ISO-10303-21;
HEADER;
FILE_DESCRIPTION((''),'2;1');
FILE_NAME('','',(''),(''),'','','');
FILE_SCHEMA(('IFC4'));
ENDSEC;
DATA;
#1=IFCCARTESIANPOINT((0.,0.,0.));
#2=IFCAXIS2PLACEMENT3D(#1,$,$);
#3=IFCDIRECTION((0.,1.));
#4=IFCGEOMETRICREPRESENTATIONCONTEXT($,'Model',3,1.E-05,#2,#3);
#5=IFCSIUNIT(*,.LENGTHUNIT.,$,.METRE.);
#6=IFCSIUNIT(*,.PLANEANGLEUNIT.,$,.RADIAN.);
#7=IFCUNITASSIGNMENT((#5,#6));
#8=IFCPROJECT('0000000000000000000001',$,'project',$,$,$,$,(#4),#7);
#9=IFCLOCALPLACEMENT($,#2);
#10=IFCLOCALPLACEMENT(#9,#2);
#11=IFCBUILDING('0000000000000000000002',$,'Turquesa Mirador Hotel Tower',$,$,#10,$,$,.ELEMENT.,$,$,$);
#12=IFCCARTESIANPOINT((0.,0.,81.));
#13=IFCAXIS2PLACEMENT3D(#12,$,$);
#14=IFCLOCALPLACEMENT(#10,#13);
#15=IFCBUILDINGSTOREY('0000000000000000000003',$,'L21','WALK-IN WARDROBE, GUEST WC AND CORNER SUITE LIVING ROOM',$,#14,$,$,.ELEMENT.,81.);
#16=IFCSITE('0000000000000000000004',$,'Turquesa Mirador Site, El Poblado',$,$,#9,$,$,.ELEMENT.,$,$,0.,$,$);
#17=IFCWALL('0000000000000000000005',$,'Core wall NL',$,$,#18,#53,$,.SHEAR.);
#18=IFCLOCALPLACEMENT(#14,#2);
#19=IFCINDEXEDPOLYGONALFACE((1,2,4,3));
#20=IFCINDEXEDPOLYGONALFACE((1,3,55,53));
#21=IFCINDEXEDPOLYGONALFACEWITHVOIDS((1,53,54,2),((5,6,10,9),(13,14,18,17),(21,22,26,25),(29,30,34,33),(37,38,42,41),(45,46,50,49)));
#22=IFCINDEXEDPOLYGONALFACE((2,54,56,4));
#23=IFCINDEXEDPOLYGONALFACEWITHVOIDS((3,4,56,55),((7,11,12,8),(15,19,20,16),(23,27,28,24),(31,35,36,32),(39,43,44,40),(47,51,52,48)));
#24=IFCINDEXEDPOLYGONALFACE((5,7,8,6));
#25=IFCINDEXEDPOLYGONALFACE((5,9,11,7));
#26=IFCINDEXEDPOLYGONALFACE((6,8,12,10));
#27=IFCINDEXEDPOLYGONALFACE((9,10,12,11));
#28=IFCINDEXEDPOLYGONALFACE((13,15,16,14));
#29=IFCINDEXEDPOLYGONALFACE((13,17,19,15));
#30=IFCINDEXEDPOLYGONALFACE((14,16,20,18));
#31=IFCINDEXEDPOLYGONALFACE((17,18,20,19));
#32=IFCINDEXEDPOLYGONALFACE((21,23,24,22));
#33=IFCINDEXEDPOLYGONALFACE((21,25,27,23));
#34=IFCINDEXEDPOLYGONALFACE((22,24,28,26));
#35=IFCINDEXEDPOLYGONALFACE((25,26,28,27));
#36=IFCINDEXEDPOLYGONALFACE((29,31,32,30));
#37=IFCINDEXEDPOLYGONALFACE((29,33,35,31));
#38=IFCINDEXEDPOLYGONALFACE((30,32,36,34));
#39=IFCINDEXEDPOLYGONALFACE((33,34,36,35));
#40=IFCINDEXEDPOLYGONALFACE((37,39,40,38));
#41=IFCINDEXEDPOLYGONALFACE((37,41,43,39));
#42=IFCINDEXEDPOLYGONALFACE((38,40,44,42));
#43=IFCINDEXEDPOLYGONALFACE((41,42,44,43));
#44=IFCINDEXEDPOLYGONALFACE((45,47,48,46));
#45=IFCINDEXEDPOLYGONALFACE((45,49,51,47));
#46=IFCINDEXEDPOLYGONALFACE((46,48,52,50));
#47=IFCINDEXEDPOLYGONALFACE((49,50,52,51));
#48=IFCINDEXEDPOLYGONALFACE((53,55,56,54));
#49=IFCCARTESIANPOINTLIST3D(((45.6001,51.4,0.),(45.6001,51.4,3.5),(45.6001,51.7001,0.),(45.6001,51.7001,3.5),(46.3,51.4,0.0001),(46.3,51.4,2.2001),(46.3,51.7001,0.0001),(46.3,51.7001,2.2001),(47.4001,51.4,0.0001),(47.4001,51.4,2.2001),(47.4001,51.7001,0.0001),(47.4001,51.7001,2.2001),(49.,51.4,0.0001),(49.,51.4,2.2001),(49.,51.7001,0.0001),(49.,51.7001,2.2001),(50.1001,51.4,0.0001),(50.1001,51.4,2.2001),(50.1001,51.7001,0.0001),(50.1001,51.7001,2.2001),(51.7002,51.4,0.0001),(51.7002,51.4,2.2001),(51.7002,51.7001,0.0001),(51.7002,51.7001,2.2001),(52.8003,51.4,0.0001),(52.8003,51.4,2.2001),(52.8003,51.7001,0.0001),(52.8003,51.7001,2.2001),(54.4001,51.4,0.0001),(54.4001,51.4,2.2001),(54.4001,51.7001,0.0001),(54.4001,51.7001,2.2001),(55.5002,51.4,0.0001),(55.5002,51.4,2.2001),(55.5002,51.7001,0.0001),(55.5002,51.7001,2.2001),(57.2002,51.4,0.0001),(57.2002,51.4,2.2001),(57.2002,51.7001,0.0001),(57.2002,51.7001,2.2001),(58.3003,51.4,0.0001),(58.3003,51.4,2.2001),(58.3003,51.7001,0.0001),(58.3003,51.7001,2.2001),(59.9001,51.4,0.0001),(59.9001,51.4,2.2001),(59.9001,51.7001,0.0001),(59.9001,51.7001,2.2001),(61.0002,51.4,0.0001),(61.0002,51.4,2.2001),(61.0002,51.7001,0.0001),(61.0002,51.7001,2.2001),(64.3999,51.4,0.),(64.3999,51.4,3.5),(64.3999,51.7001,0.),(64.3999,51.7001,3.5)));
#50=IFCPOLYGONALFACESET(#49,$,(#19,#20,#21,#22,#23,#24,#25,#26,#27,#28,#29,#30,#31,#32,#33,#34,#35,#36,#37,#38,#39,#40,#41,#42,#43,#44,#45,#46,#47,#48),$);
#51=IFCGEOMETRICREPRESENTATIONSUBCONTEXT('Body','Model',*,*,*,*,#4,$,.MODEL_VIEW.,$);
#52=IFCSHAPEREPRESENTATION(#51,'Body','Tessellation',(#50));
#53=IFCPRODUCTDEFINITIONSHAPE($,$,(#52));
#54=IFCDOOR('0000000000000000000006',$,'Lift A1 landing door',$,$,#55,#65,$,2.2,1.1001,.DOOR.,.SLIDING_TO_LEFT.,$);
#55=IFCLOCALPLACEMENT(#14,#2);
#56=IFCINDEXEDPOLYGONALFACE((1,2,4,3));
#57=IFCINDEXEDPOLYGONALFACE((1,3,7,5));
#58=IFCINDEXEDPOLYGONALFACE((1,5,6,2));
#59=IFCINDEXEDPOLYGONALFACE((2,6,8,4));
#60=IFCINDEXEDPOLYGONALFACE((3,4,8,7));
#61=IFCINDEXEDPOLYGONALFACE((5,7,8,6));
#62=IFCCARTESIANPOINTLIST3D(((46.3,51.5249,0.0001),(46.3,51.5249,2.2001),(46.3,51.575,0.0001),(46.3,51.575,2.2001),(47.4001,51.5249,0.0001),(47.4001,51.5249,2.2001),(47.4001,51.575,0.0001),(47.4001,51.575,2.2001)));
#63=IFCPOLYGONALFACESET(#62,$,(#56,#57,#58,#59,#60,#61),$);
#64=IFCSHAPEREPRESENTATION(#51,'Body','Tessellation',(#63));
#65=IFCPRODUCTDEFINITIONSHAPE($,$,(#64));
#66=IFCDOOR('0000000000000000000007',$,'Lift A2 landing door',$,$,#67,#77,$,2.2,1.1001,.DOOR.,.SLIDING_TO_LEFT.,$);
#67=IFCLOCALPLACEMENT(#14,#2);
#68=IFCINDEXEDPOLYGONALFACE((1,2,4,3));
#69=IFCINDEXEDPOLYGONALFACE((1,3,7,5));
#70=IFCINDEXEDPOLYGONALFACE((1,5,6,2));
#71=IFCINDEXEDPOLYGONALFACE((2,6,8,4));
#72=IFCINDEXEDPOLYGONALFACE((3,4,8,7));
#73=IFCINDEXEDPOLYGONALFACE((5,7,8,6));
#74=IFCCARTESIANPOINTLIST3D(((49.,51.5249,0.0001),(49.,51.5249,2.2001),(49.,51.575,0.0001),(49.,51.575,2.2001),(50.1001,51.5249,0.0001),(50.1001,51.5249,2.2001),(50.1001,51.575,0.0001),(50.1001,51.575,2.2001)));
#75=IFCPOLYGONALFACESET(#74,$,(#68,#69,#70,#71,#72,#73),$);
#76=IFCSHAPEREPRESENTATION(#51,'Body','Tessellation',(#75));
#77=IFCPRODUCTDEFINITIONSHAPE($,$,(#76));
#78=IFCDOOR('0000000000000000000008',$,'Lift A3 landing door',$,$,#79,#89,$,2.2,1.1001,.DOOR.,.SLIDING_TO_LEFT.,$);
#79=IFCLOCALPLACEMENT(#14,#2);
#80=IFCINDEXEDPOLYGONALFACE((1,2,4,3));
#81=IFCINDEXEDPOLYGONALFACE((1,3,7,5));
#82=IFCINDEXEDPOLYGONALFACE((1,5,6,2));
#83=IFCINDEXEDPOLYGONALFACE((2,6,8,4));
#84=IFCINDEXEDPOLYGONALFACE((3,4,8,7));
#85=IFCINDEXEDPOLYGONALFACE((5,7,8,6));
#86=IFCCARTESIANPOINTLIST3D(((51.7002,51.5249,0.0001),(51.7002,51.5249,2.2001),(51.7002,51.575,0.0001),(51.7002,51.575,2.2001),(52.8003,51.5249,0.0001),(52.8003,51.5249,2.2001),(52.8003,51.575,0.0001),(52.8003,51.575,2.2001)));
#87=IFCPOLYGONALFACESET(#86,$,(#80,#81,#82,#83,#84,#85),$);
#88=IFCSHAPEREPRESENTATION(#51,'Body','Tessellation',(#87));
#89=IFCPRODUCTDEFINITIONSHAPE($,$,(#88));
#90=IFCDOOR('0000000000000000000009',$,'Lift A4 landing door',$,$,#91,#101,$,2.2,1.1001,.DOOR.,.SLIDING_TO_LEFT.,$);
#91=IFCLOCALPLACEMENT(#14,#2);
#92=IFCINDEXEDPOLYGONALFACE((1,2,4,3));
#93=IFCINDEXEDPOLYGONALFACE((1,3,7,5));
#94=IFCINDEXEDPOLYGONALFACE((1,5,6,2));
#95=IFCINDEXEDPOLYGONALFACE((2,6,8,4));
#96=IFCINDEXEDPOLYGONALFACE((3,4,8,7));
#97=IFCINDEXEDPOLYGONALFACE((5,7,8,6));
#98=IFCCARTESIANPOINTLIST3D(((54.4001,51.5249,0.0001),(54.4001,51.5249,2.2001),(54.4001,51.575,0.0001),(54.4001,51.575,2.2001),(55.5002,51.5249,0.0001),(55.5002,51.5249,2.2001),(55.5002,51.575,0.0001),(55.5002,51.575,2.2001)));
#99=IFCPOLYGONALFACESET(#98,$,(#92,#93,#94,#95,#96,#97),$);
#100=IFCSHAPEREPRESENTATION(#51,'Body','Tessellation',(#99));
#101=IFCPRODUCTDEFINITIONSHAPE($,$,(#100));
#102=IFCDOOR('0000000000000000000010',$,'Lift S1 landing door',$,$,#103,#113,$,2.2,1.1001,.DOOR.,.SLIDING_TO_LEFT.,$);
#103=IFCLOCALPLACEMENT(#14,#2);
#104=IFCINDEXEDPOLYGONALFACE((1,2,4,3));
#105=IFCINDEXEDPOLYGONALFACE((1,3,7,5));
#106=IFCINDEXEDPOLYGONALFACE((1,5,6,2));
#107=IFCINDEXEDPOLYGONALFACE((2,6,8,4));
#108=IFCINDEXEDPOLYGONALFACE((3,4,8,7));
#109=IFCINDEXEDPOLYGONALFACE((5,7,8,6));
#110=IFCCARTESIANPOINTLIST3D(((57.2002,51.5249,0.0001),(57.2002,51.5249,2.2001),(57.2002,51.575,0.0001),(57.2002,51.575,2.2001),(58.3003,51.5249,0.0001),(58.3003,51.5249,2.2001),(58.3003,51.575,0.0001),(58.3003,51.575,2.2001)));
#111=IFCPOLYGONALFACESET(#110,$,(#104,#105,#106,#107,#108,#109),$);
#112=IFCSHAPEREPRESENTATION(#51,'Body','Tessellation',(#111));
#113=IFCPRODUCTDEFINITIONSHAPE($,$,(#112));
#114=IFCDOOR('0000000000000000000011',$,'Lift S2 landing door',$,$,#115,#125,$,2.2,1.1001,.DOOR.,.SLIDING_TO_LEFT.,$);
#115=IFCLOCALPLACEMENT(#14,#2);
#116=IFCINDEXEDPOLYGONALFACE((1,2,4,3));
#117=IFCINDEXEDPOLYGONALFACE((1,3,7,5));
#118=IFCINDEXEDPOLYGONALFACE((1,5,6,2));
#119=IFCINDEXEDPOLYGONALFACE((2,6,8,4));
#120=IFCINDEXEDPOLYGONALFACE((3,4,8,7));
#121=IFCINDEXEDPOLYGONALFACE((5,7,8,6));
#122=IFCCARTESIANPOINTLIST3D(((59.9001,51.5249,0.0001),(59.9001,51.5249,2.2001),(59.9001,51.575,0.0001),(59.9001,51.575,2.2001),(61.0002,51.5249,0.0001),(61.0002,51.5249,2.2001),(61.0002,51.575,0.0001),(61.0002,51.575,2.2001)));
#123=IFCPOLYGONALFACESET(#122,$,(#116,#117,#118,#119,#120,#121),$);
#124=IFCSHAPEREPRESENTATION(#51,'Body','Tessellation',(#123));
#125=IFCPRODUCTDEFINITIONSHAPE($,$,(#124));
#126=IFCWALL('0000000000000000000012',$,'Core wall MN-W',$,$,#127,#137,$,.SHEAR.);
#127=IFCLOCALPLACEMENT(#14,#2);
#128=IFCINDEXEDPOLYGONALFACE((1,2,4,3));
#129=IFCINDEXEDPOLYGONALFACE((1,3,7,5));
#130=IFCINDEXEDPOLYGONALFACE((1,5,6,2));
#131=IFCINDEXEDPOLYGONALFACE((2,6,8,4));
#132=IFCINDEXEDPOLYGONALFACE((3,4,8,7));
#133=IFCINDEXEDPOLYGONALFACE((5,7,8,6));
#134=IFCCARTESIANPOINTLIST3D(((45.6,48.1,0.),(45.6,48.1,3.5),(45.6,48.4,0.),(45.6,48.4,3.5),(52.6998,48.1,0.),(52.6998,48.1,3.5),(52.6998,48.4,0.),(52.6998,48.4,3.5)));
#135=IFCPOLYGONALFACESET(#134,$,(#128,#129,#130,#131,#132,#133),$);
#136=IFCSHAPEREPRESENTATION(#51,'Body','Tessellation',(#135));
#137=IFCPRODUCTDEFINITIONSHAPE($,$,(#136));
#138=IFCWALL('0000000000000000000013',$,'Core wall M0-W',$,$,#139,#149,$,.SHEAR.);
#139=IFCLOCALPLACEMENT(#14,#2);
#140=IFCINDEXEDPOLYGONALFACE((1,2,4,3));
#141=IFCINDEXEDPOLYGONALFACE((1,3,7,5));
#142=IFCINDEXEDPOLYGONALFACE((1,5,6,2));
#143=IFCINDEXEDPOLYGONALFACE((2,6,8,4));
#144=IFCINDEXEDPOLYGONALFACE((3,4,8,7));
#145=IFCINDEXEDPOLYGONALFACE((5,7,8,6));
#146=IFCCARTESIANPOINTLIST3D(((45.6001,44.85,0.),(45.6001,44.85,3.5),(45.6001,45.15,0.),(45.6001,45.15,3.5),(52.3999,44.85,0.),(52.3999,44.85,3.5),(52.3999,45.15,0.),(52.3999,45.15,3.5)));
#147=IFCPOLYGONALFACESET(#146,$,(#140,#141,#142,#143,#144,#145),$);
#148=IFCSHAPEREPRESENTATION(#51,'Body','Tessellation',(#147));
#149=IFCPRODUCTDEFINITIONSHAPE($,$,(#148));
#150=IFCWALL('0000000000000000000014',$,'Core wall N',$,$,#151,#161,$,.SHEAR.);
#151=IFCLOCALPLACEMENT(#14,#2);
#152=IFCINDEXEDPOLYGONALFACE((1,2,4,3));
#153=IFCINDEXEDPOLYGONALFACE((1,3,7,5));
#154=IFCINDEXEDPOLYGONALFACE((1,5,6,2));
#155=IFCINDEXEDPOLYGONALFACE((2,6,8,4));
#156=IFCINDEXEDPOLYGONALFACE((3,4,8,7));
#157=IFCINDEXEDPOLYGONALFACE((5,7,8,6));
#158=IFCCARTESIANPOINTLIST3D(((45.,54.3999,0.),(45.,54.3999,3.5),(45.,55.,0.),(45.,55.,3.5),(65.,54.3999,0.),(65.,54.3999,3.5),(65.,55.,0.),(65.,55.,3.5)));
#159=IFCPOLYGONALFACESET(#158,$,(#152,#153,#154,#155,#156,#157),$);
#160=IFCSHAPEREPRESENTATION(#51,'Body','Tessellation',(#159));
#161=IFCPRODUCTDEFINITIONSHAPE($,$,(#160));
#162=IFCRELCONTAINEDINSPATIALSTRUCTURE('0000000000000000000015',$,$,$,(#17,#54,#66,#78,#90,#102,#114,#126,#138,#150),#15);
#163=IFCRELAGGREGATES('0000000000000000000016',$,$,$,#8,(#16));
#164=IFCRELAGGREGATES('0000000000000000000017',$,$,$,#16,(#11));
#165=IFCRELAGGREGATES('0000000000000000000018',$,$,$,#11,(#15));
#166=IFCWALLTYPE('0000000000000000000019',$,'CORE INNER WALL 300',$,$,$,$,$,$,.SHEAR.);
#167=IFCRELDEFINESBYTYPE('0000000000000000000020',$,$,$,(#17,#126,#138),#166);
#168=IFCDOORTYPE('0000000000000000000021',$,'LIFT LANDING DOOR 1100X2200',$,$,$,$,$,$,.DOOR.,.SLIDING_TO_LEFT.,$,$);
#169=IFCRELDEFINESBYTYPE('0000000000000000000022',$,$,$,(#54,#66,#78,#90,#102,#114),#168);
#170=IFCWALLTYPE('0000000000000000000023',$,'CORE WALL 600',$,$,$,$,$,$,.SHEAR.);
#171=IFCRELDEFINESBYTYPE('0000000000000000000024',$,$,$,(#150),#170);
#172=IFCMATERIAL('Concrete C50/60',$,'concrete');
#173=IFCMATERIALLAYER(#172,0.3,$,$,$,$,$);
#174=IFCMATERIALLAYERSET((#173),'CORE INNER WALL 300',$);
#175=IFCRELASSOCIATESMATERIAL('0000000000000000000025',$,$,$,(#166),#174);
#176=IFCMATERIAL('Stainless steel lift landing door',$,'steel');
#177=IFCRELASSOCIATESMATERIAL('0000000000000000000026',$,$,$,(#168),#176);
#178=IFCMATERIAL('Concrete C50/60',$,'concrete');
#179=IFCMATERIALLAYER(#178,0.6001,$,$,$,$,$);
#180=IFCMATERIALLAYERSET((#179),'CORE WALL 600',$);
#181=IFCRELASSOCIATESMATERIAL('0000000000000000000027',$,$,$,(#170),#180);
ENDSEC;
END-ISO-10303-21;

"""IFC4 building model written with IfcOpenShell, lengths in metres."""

from ifc_helpers import new_model, si_unit, direction, frame, frame_2d, origin, place, context, subcontext, project, spatial, rectangle, extrude, material, layer, layer_set, type_object, element, fill, save


model = new_model("IFC4")

# Units and contexts
model_context = context("Model", 3, precision=1e-05, world=origin(), true_north=direction((0.0, 1.0)))
body_context = subcontext(model_context, "Body", "Model", "MODEL_VIEW")
ifc_project = project(units=[si_unit("LENGTHUNIT", "METRE"), si_unit("PLANEANGLEUNIT", "RADIAN")], contexts=[model_context])

# Site, building, storey
site_placement = place(None, origin())
site = spatial("IfcSite", under=ifc_project, at=site_placement, Name="Turquesa Mirador Site, El Poblado", CompositionType="ELEMENT", RefElevation=0.0)
building_placement = place(site_placement, origin())
building = spatial("IfcBuilding", under=site, at=building_placement, Name="Turquesa Mirador Hotel Tower", CompositionType="ELEMENT")
storey_placement = place(building_placement, frame((0.0, 0.0, 81.0)))
storey = spatial("IfcBuildingStorey", under=building, at=storey_placement, Name="L21", Description="WALK-IN WARDROBE, GUEST WC AND CORNER SUITE LIVING ROOM", CompositionType="ELEMENT", Elevation=81.0)

# Wall, openings, doors
ifc_material_1 = material(Name="Concrete C50/60", Category="concrete")
ifc_layer_1 = layer(ifc_material_1, 0.3)
ifc_layer_set_1 = layer_set([ifc_layer_1], Name="CORE INNER WALL 300")
wall_type_1 = type_object("IfcWallType", Name="CORE INNER WALL 300", PredefinedType="SHEAR", material=ifc_layer_set_1)
wall_1_placement = place(storey_placement, frame((45.6001, 51.55, 0.0), z_axis=(0.0, 0.0, 1.0), x_axis=(1.0, 0.0, 0.0)))
wall_1 = element("IfcWall", 1, at=wall_1_placement, inside=storey, type_object=wall_type_1, Name="Core wall NL", PredefinedType="SHEAR", context=body_context, shape_type="SweptSolid", body=[
    extrude(rectangle(XDim=18.7998, YDim=0.3, at=frame_2d((9.3999, 0.0))), origin(), (0.0, 0.0, 1.0), 3.5),
])
opening_1_placement = place(wall_1_placement, frame((0.7, 0.0, 0.0)))
opening_1 = element("IfcOpeningElement", 2, at=opening_1_placement, cuts=wall_1, PredefinedType="OPENING", context=body_context, shape_type="SweptSolid", body=[
    extrude(rectangle(XDim=1.1001, YDim=2.2, at=frame_2d((0.55, 1.1001))), frame((0.0, 0.1599, 0.0), z_axis=(0.0, -1.0, 0.0), x_axis=(1.0, 0.0, 0.0)), (0.0, 0.0, 1.0), 0.3201),
])
opening_2_placement = place(wall_1_placement, frame((3.3999, 0.0, 0.0)))
opening_2 = element("IfcOpeningElement", 3, at=opening_2_placement, cuts=wall_1, PredefinedType="OPENING", context=body_context, shape_type="SweptSolid", body=[
    extrude(rectangle(XDim=1.1001, YDim=2.2, at=frame_2d((0.55, 1.1001))), frame((0.0, 0.1599, 0.0), z_axis=(0.0, -1.0, 0.0), x_axis=(1.0, 0.0, 0.0)), (0.0, 0.0, 1.0), 0.3201),
])
opening_3_placement = place(wall_1_placement, frame((6.1001, 0.0, 0.0)))
opening_3 = element("IfcOpeningElement", 4, at=opening_3_placement, cuts=wall_1, PredefinedType="OPENING", context=body_context, shape_type="SweptSolid", body=[
    extrude(rectangle(XDim=1.1001, YDim=2.2, at=frame_2d((0.55, 1.1001))), frame((0.0, 0.1599, 0.0), z_axis=(0.0, -1.0, 0.0), x_axis=(1.0, 0.0, 0.0)), (0.0, 0.0, 1.0), 0.3201),
])
opening_4_placement = place(wall_1_placement, frame((8.8, 0.0, 0.0)))
opening_4 = element("IfcOpeningElement", 5, at=opening_4_placement, cuts=wall_1, PredefinedType="OPENING", context=body_context, shape_type="SweptSolid", body=[
    extrude(rectangle(XDim=1.1001, YDim=2.2, at=frame_2d((0.55, 1.1001))), frame((0.0, 0.1599, 0.0), z_axis=(0.0, -1.0, 0.0), x_axis=(1.0, 0.0, 0.0)), (0.0, 0.0, 1.0), 0.3201),
])
opening_5_placement = place(wall_1_placement, frame((11.6001, 0.0, 0.0)))
opening_5 = element("IfcOpeningElement", 6, at=opening_5_placement, cuts=wall_1, PredefinedType="OPENING", context=body_context, shape_type="SweptSolid", body=[
    extrude(rectangle(XDim=1.1001, YDim=2.2, at=frame_2d((0.55, 1.1001))), frame((0.0, 0.1599, 0.0), z_axis=(0.0, -1.0, 0.0), x_axis=(1.0, 0.0, 0.0)), (0.0, 0.0, 1.0), 0.3201),
])
opening_6_placement = place(wall_1_placement, frame((14.3, 0.0, 0.0)))
opening_6 = element("IfcOpeningElement", 7, at=opening_6_placement, cuts=wall_1, PredefinedType="OPENING", context=body_context, shape_type="SweptSolid", body=[
    extrude(rectangle(XDim=1.1001, YDim=2.2, at=frame_2d((0.55, 1.1001))), frame((0.0, 0.1599, 0.0), z_axis=(0.0, -1.0, 0.0), x_axis=(1.0, 0.0, 0.0)), (0.0, 0.0, 1.0), 0.3201),
])
ifc_material_2 = material(Name="Stainless steel lift landing door", Category="steel")
door_type_1 = type_object("IfcDoorType", Name="LIFT LANDING DOOR 1100X2200", OperationType="SLIDING_TO_LEFT", PredefinedType="DOOR", material=ifc_material_2)
door_1_placement = place(opening_1_placement, origin())
door_1 = element("IfcDoor", 8, at=door_1_placement, inside=storey, type_object=door_type_1, Name="Lift A1 landing door", OperationType="SLIDING_TO_LEFT", OverallHeight=2.2, OverallWidth=1.1001, PredefinedType="DOOR", context=body_context, shape_type="SweptSolid", body=[
    extrude(rectangle(XDim=1.1001, YDim=2.2, at=frame_2d((0.55, 1.1001))), frame((0.0, 0.0249, 0.0), z_axis=(0.0, -1.0, 0.0), x_axis=(1.0, 0.0, 0.0)), (0.0, 0.0, 1.0), 0.05),
])
fill(opening_1, door_1)
door_2_placement = place(opening_2_placement, origin())
door_2 = element("IfcDoor", 9, at=door_2_placement, inside=storey, type_object=door_type_1, Name="Lift A2 landing door", OperationType="SLIDING_TO_LEFT", OverallHeight=2.2, OverallWidth=1.1001, PredefinedType="DOOR", context=body_context, shape_type="SweptSolid", body=[
    extrude(rectangle(XDim=1.1001, YDim=2.2, at=frame_2d((0.55, 1.1001))), frame((0.0, 0.0249, 0.0), z_axis=(0.0, -1.0, 0.0), x_axis=(1.0, 0.0, 0.0)), (0.0, 0.0, 1.0), 0.05),
])
fill(opening_2, door_2)
door_3_placement = place(opening_3_placement, origin())
door_3 = element("IfcDoor", 10, at=door_3_placement, inside=storey, type_object=door_type_1, Name="Lift A3 landing door", OperationType="SLIDING_TO_LEFT", OverallHeight=2.2, OverallWidth=1.1001, PredefinedType="DOOR", context=body_context, shape_type="SweptSolid", body=[
    extrude(rectangle(XDim=1.1001, YDim=2.2, at=frame_2d((0.55, 1.1001))), frame((0.0, 0.0249, 0.0), z_axis=(0.0, -1.0, 0.0), x_axis=(1.0, 0.0, 0.0)), (0.0, 0.0, 1.0), 0.05),
])
fill(opening_3, door_3)
door_4_placement = place(opening_4_placement, origin())
door_4 = element("IfcDoor", 11, at=door_4_placement, inside=storey, type_object=door_type_1, Name="Lift A4 landing door", OperationType="SLIDING_TO_LEFT", OverallHeight=2.2, OverallWidth=1.1001, PredefinedType="DOOR", context=body_context, shape_type="SweptSolid", body=[
    extrude(rectangle(XDim=1.1001, YDim=2.2, at=frame_2d((0.55, 1.1001))), frame((0.0, 0.0249, 0.0), z_axis=(0.0, -1.0, 0.0), x_axis=(1.0, 0.0, 0.0)), (0.0, 0.0, 1.0), 0.05),
])
fill(opening_4, door_4)
door_5_placement = place(opening_5_placement, origin())
door_5 = element("IfcDoor", 12, at=door_5_placement, inside=storey, type_object=door_type_1, Name="Lift S1 landing door", OperationType="SLIDING_TO_LEFT", OverallHeight=2.2, OverallWidth=1.1001, PredefinedType="DOOR", context=body_context, shape_type="SweptSolid", body=[
    extrude(rectangle(XDim=1.1001, YDim=2.2, at=frame_2d((0.55, 1.1001))), frame((0.0, 0.0249, 0.0), z_axis=(0.0, -1.0, 0.0), x_axis=(1.0, 0.0, 0.0)), (0.0, 0.0, 1.0), 0.05),
])
fill(opening_5, door_5)
door_6_placement = place(opening_6_placement, origin())
door_6 = element("IfcDoor", 13, at=door_6_placement, inside=storey, type_object=door_type_1, Name="Lift S2 landing door", OperationType="SLIDING_TO_LEFT", OverallHeight=2.2, OverallWidth=1.1001, PredefinedType="DOOR", context=body_context, shape_type="SweptSolid", body=[
    extrude(rectangle(XDim=1.1001, YDim=2.2, at=frame_2d((0.55, 1.1001))), frame((0.0, 0.0249, 0.0), z_axis=(0.0, -1.0, 0.0), x_axis=(1.0, 0.0, 0.0)), (0.0, 0.0, 1.0), 0.05),
])
fill(opening_6, door_6)

# Walls
wall_2_placement = place(storey_placement, frame((45.6001, 48.25, 0.0), z_axis=(0.0, 0.0, 1.0), x_axis=(1.0, 0.0, 0.0)))
element("IfcWall", 14, at=wall_2_placement, inside=storey, type_object=wall_type_1, Name="Core wall MN-W", PredefinedType="SHEAR", context=body_context, shape_type="SweptSolid", body=[
    extrude(rectangle(XDim=7.0999, YDim=0.3, at=frame_2d((3.5498, 0.0))), origin(), (0.0, 0.0, 1.0), 3.5),
])
wall_3_placement = place(storey_placement, frame((45.6001, 45.0, 0.0), z_axis=(0.0, 0.0, 1.0), x_axis=(1.0, 0.0, 0.0)))
element("IfcWall", 15, at=wall_3_placement, inside=storey, type_object=wall_type_1, Name="Core wall M0-W", PredefinedType="SHEAR", context=body_context, shape_type="SweptSolid", body=[
    extrude(rectangle(XDim=6.7998, YDim=0.3, at=frame_2d((3.3999, 0.0))), origin(), (0.0, 0.0, 1.0), 3.5),
])
ifc_material_3 = material(Name="Concrete C50/60", Category="concrete")
ifc_layer_2 = layer(ifc_material_3, 0.6001)
ifc_layer_set_2 = layer_set([ifc_layer_2], Name="CORE WALL 600")
wall_type_2 = type_object("IfcWallType", Name="CORE WALL 600", PredefinedType="SHEAR", material=ifc_layer_set_2)
wall_4_placement = place(storey_placement, frame((45.0, 54.7, 0.0), z_axis=(0.0, 0.0, 1.0), x_axis=(1.0, 0.0, 0.0)))
element("IfcWall", 16, at=wall_4_placement, inside=storey, type_object=wall_type_2, Name="Core wall N", PredefinedType="SHEAR", context=body_context, shape_type="SweptSolid", body=[
    extrude(rectangle(XDim=20.0, YDim=0.6001, at=frame_2d((10.0, 0.0))), origin(), (0.0, 0.0, 1.0), 3.5),
])

save(model, "model.ifc")
